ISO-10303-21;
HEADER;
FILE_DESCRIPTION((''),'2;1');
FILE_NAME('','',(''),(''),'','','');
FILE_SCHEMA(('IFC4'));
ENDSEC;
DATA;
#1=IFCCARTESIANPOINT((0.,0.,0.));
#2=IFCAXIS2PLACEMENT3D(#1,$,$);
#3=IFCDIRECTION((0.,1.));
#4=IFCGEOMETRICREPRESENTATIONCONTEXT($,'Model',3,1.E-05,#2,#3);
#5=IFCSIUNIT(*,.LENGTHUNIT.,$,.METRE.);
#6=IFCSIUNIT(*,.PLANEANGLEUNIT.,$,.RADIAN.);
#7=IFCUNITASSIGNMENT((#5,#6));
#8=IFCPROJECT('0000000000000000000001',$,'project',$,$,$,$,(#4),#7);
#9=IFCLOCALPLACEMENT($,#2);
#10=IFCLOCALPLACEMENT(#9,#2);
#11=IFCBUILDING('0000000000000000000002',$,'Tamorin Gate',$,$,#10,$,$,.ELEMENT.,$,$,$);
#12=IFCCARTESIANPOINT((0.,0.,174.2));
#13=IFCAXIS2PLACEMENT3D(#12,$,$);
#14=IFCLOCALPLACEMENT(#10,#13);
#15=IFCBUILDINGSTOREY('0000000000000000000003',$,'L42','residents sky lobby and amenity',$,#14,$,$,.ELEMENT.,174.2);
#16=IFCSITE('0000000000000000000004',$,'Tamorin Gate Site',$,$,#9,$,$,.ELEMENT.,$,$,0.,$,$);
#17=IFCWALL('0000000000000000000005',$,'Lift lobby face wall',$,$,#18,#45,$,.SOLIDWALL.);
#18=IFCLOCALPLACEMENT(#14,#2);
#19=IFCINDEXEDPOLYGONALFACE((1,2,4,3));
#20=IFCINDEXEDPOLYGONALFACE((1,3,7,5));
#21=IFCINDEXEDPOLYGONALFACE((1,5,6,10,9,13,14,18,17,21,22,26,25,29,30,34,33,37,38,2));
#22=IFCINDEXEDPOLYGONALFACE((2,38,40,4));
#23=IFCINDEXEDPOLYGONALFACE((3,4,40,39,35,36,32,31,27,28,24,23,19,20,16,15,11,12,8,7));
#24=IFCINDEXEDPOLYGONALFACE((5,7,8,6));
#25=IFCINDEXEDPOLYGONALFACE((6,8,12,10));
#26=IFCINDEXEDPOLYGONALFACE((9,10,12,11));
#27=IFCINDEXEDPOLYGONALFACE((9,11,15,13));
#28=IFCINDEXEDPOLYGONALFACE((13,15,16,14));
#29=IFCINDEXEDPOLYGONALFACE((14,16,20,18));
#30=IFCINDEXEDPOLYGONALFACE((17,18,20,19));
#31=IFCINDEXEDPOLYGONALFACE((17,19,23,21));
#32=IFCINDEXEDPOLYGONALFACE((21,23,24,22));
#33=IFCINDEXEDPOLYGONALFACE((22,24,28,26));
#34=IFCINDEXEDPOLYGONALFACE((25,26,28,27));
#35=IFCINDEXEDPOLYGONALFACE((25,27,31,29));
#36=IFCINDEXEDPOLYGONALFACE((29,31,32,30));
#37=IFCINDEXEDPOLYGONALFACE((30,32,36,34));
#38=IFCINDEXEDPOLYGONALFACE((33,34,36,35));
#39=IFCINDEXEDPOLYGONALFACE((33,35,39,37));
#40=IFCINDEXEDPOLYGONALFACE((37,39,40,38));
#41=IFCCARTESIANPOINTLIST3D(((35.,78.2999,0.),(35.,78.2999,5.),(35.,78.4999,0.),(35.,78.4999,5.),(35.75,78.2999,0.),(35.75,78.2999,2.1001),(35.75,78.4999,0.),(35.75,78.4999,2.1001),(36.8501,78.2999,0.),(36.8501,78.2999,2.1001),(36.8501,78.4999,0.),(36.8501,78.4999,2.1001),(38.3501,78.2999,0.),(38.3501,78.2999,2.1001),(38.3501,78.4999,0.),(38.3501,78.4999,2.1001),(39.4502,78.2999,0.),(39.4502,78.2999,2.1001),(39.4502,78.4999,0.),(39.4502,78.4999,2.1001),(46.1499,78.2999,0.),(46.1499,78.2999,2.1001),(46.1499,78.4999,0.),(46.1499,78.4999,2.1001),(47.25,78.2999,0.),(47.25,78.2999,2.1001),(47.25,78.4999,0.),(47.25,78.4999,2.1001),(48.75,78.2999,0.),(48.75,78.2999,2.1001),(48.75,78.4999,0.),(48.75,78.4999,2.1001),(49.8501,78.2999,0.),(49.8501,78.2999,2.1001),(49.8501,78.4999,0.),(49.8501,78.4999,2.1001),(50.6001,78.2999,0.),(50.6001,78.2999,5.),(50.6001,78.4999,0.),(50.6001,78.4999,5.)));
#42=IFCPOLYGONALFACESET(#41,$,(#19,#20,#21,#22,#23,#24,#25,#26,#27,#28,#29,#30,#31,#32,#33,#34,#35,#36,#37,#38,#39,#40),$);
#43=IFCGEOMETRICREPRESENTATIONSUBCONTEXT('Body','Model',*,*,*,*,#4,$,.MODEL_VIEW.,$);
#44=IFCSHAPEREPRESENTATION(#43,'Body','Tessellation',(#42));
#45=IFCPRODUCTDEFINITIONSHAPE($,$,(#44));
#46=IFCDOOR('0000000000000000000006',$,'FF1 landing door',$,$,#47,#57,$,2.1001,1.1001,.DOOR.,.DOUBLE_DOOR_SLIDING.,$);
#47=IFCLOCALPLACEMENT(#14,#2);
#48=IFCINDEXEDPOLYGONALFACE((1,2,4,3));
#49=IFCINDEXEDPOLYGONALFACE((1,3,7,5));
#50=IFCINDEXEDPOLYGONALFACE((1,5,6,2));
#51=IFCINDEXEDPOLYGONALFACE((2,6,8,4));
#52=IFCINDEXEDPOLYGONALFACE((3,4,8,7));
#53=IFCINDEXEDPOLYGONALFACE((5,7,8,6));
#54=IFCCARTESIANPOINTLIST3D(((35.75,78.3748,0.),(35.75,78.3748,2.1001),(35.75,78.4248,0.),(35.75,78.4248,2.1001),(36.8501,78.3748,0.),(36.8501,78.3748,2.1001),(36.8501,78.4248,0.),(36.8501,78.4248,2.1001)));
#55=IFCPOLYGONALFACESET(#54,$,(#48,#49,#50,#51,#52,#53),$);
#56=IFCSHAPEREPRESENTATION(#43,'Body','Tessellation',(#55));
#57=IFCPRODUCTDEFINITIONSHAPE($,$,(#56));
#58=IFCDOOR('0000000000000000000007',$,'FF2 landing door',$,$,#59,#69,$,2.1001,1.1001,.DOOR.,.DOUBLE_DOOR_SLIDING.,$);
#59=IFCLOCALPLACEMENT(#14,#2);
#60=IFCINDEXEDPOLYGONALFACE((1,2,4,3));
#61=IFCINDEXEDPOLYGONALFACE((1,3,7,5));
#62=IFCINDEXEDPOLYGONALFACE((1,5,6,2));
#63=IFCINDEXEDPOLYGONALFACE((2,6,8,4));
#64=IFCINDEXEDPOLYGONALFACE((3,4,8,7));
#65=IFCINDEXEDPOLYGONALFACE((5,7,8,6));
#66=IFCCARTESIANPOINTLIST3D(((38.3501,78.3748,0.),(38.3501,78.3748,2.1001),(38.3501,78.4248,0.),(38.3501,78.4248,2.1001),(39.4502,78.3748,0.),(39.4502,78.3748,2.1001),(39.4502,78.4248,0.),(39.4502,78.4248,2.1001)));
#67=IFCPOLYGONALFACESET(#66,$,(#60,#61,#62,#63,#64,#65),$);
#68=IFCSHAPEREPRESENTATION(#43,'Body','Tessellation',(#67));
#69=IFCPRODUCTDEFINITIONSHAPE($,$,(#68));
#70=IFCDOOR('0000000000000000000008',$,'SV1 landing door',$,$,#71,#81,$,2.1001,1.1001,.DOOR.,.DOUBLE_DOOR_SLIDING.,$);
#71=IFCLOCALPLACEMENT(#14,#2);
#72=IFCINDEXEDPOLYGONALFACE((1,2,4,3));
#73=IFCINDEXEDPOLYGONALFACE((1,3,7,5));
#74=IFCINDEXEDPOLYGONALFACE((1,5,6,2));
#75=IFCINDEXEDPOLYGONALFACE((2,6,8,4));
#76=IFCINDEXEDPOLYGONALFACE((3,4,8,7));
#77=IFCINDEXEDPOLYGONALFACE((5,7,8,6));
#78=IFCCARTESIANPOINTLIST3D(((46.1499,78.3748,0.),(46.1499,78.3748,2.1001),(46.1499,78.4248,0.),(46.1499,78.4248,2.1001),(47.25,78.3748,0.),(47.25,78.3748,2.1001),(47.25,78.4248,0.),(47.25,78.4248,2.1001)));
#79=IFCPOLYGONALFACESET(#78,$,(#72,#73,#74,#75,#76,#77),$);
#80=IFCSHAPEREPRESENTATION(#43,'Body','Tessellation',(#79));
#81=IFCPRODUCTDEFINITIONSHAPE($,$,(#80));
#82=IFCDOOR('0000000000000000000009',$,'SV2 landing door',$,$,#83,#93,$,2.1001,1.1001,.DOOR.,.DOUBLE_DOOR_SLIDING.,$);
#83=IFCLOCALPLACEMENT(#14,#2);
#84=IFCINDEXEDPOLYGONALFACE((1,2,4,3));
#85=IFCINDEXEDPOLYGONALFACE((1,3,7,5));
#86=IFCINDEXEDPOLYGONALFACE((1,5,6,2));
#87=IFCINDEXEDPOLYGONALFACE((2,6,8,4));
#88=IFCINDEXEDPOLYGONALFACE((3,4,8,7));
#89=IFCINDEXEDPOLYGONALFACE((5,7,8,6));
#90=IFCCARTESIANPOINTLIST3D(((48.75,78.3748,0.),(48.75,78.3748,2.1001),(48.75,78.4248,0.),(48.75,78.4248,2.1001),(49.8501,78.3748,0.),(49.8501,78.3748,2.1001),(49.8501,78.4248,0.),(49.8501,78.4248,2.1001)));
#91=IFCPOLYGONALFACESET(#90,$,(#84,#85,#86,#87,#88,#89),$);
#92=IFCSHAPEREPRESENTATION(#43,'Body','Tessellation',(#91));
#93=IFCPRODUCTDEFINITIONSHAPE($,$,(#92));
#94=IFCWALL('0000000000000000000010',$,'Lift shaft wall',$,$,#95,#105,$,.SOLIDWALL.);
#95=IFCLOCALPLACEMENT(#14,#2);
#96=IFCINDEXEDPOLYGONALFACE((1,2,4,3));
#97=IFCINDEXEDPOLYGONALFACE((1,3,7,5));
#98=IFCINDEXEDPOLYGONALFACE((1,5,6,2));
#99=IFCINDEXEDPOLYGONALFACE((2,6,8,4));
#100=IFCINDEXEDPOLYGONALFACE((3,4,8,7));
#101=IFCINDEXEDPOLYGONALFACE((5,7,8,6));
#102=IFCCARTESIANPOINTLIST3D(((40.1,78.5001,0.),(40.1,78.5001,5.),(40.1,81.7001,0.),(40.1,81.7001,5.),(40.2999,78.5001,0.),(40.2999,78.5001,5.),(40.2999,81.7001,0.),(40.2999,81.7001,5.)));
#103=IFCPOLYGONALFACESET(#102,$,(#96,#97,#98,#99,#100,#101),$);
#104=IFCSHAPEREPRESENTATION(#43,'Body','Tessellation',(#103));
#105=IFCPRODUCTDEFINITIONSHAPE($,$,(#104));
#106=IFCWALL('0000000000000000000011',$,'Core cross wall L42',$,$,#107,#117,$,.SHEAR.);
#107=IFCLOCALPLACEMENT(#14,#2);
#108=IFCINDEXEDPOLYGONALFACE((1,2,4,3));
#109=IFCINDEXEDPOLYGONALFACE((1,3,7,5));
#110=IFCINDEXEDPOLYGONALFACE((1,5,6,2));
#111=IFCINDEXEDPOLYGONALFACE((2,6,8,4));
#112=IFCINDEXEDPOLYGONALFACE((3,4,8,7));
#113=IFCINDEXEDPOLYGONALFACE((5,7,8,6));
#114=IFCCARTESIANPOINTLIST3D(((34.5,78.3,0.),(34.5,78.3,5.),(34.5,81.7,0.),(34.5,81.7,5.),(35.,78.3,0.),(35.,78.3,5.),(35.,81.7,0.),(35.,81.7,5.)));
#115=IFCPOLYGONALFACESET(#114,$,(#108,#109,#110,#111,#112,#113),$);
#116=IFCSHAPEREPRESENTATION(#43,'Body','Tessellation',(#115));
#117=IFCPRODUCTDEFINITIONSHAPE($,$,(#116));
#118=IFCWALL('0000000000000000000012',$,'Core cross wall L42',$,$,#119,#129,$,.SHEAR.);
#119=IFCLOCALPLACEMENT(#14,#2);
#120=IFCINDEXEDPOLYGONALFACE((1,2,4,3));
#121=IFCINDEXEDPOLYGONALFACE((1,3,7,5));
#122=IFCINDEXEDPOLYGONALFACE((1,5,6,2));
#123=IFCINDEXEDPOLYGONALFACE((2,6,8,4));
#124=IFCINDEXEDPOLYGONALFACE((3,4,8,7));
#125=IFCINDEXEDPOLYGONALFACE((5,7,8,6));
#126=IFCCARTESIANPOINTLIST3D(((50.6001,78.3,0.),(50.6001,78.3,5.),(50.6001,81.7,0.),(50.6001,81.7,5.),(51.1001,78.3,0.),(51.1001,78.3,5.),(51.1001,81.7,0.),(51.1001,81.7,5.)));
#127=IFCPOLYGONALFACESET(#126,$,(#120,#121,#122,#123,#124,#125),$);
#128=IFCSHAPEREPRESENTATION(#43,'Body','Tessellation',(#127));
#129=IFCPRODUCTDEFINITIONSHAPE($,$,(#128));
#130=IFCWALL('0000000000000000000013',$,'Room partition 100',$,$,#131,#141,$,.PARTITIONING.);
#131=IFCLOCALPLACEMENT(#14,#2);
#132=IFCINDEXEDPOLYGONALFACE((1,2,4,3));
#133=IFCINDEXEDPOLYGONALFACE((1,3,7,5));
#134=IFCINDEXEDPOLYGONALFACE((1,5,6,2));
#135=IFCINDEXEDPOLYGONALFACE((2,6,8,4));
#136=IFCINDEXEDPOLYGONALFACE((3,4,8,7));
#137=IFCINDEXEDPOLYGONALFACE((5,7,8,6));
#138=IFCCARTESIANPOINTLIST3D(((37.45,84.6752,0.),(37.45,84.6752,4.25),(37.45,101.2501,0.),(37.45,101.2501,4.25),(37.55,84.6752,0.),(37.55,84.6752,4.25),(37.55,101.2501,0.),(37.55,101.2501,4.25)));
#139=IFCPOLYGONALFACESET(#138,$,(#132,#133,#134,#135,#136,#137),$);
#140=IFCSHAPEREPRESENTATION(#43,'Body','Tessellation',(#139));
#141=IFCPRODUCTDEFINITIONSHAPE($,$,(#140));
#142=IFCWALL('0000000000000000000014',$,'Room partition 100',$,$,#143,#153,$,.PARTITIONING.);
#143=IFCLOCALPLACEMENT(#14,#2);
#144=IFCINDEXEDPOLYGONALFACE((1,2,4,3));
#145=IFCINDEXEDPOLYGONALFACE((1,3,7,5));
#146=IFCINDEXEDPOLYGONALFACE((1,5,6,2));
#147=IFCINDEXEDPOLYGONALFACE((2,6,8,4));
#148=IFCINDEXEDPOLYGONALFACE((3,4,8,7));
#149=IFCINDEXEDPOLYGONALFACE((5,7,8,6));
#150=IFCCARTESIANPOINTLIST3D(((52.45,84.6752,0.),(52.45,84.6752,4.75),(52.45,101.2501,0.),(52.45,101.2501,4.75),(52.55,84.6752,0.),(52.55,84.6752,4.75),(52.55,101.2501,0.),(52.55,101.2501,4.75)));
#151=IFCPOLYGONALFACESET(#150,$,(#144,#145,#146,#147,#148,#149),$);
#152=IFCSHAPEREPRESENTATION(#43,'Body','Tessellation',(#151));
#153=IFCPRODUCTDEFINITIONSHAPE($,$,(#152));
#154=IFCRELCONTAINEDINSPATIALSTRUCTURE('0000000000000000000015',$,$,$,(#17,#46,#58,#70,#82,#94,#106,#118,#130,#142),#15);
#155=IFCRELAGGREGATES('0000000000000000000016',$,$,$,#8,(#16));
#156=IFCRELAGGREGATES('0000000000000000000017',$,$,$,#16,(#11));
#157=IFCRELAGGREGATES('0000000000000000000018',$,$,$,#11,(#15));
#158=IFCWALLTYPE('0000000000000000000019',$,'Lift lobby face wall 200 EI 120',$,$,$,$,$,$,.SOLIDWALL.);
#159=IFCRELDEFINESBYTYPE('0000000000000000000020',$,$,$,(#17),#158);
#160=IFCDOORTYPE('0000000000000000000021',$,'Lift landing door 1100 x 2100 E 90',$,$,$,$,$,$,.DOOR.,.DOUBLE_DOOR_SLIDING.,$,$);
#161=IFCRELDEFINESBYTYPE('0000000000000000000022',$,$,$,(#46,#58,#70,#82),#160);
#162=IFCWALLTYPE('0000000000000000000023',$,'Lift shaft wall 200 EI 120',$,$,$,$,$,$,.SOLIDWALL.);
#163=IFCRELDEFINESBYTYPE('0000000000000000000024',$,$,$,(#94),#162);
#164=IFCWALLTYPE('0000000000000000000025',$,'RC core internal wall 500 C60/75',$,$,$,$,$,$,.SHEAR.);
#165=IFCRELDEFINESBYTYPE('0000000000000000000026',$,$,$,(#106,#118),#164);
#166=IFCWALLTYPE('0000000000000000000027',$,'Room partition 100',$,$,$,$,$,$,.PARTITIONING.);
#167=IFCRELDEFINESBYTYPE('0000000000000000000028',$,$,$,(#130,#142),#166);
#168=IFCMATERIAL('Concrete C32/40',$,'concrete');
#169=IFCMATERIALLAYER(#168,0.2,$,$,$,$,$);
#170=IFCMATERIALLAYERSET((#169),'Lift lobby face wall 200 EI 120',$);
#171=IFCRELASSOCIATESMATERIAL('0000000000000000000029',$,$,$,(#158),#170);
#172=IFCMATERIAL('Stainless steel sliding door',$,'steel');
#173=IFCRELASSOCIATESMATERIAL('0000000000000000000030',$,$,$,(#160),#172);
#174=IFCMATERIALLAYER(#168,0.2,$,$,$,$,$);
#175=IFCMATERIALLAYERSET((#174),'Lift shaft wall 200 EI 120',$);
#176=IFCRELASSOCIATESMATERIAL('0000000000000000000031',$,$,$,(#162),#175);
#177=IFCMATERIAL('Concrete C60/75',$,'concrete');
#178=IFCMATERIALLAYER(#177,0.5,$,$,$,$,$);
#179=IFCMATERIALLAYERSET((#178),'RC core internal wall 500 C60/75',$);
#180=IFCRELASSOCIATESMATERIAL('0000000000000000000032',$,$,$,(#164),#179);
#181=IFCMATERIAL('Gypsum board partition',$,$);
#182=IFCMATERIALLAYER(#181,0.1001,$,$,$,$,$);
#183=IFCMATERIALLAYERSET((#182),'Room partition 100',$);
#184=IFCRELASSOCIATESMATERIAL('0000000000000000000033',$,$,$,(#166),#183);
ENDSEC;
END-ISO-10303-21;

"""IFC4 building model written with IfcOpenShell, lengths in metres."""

from ifc_helpers import new_model, si_unit, direction, frame, frame_2d, origin, place, context, subcontext, project, spatial, rectangle, extrude, material, layer, layer_set, type_object, element, fill, save


model = new_model("IFC4")

# Units and contexts
model_context = context("Model", 3, precision=1e-05, world=origin(), true_north=direction((0.0, 1.0)))
body_context = subcontext(model_context, "Body", "Model", "MODEL_VIEW")
ifc_project = project(units=[si_unit("LENGTHUNIT", "METRE"), si_unit("PLANEANGLEUNIT", "RADIAN")], contexts=[model_context])

# Site, building, storey
site_placement = place(None, origin())
site = spatial("IfcSite", under=ifc_project, at=site_placement, Name="Tamorin Gate Site", CompositionType="ELEMENT", RefElevation=0.0)
building_placement = place(site_placement, origin())
building = spatial("IfcBuilding", under=site, at=building_placement, Name="Tamorin Gate", CompositionType="ELEMENT")
storey_placement = place(building_placement, frame((0.0, 0.0, 174.2)))
storey = spatial("IfcBuildingStorey", under=building, at=storey_placement, Name="L42", Description="residents sky lobby and amenity", CompositionType="ELEMENT", Elevation=174.2)

# Shared definitions
ifc_material_1 = material(Name="Gypsum board partition")

# Wall, openings, doors
ifc_material_2 = material(Name="Concrete C32/40", Category="concrete")
ifc_layer_1 = layer(ifc_material_2, 0.2)
ifc_layer_set_1 = layer_set([ifc_layer_1], Name="Lift lobby face wall 200 EI 120")
wall_type_1 = type_object("IfcWallType", Name="Lift lobby face wall 200 EI 120", PredefinedType="SOLIDWALL", material=ifc_layer_set_1)
wall_1_placement = place(storey_placement, frame((35.0, 78.3999, 0.0), z_axis=(0.0, 0.0, 1.0), x_axis=(1.0, 0.0, 0.0)))
wall_1 = element("IfcWall", 1, at=wall_1_placement, inside=storey, type_object=wall_type_1, Name="Lift lobby face wall", PredefinedType="SOLIDWALL", context=body_context, shape_type="SweptSolid", body=[
    extrude(rectangle(XDim=15.6001, YDim=0.2, at=frame_2d((7.8, 0.0))), origin(), (0.0, 0.0, 1.0), 5.0),
])
opening_1_placement = place(wall_1_placement, frame((0.75, 0.0, 0.0)))
opening_1 = element("IfcOpeningElement", 2, at=opening_1_placement, cuts=wall_1, PredefinedType="OPENING", context=body_context, shape_type="SweptSolid", body=[
    extrude(rectangle(XDim=1.1001, YDim=2.1001, at=frame_2d((0.55, 1.05))), frame((0.0, 0.1099, 0.0), z_axis=(0.0, -1.0, 0.0), x_axis=(1.0, 0.0, 0.0)), (0.0, 0.0, 1.0), 0.22),
])
opening_2_placement = place(wall_1_placement, frame((3.3501, 0.0, 0.0)))
opening_2 = element("IfcOpeningElement", 3, at=opening_2_placement, cuts=wall_1, PredefinedType="OPENING", context=body_context, shape_type="SweptSolid", body=[
    extrude(rectangle(XDim=1.1001, YDim=2.1001, at=frame_2d((0.55, 1.05))), frame((0.0, 0.1099, 0.0), z_axis=(0.0, -1.0, 0.0), x_axis=(1.0, 0.0, 0.0)), (0.0, 0.0, 1.0), 0.22),
])
opening_3_placement = place(wall_1_placement, frame((11.1499, 0.0, 0.0)))
opening_3 = element("IfcOpeningElement", 4, at=opening_3_placement, cuts=wall_1, PredefinedType="OPENING", context=body_context, shape_type="SweptSolid", body=[
    extrude(rectangle(XDim=1.1001, YDim=2.1001, at=frame_2d((0.55, 1.05))), frame((0.0, 0.1099, 0.0), z_axis=(0.0, -1.0, 0.0), x_axis=(1.0, 0.0, 0.0)), (0.0, 0.0, 1.0), 0.22),
])
opening_4_placement = place(wall_1_placement, frame((13.75, 0.0, 0.0)))
opening_4 = element("IfcOpeningElement", 5, at=opening_4_placement, cuts=wall_1, PredefinedType="OPENING", context=body_context, shape_type="SweptSolid", body=[
    extrude(rectangle(XDim=1.1001, YDim=2.1001, at=frame_2d((0.55, 1.05))), frame((0.0, 0.1099, 0.0), z_axis=(0.0, -1.0, 0.0), x_axis=(1.0, 0.0, 0.0)), (0.0, 0.0, 1.0), 0.22),
])
ifc_material_3 = material(Name="Stainless steel sliding door", Category="steel")
door_type_1 = type_object("IfcDoorType", Name="Lift landing door 1100 x 2100 E 90", OperationType="DOUBLE_DOOR_SLIDING", PredefinedType="DOOR", material=ifc_material_3)
door_1_placement = place(opening_1_placement, origin())
door_1 = element("IfcDoor", 6, at=door_1_placement, inside=storey, type_object=door_type_1, Name="FF1 landing door", OperationType="DOUBLE_DOOR_SLIDING", OverallHeight=2.1001, OverallWidth=1.1001, PredefinedType="DOOR", context=body_context, shape_type="SweptSolid", body=[
    extrude(rectangle(XDim=1.1001, YDim=2.1001, at=frame_2d((0.55, 1.05))), frame((0.0, 0.0249, 0.0), z_axis=(0.0, -1.0, 0.0), x_axis=(1.0, 0.0, 0.0)), (0.0, 0.0, 1.0), 0.05),
])
fill(opening_1, door_1)
door_2_placement = place(opening_2_placement, origin())
door_2 = element("IfcDoor", 7, at=door_2_placement, inside=storey, type_object=door_type_1, Name="FF2 landing door", OperationType="DOUBLE_DOOR_SLIDING", OverallHeight=2.1001, OverallWidth=1.1001, PredefinedType="DOOR", context=body_context, shape_type="SweptSolid", body=[
    extrude(rectangle(XDim=1.1001, YDim=2.1001, at=frame_2d((0.55, 1.05))), frame((0.0, 0.0249, 0.0), z_axis=(0.0, -1.0, 0.0), x_axis=(1.0, 0.0, 0.0)), (0.0, 0.0, 1.0), 0.05),
])
fill(opening_2, door_2)
door_3_placement = place(opening_3_placement, origin())
door_3 = element("IfcDoor", 8, at=door_3_placement, inside=storey, type_object=door_type_1, Name="SV1 landing door", OperationType="DOUBLE_DOOR_SLIDING", OverallHeight=2.1001, OverallWidth=1.1001, PredefinedType="DOOR", context=body_context, shape_type="SweptSolid", body=[
    extrude(rectangle(XDim=1.1001, YDim=2.1001, at=frame_2d((0.55, 1.05))), frame((0.0, 0.0249, 0.0), z_axis=(0.0, -1.0, 0.0), x_axis=(1.0, 0.0, 0.0)), (0.0, 0.0, 1.0), 0.05),
])
fill(opening_3, door_3)
door_4_placement = place(opening_4_placement, origin())
door_4 = element("IfcDoor", 9, at=door_4_placement, inside=storey, type_object=door_type_1, Name="SV2 landing door", OperationType="DOUBLE_DOOR_SLIDING", OverallHeight=2.1001, OverallWidth=1.1001, PredefinedType="DOOR", context=body_context, shape_type="SweptSolid", body=[
    extrude(rectangle(XDim=1.1001, YDim=2.1001, at=frame_2d((0.55, 1.05))), frame((0.0, 0.0249, 0.0), z_axis=(0.0, -1.0, 0.0), x_axis=(1.0, 0.0, 0.0)), (0.0, 0.0, 1.0), 0.05),
])
fill(opening_4, door_4)

# Walls
ifc_layer_2 = layer(ifc_material_2, 0.2)
ifc_layer_set_2 = layer_set([ifc_layer_2], Name="Lift shaft wall 200 EI 120")
wall_type_2 = type_object("IfcWallType", Name="Lift shaft wall 200 EI 120", PredefinedType="SOLIDWALL", material=ifc_layer_set_2)
wall_2_placement = place(storey_placement, frame((40.2, 78.5, 0.0), z_axis=(0.0, 0.0, 1.0), x_axis=(0.0, 1.0, 0.0)))
element("IfcWall", 10, at=wall_2_placement, inside=storey, type_object=wall_type_2, Name="Lift shaft wall", PredefinedType="SOLIDWALL", context=body_context, shape_type="SweptSolid", body=[
    extrude(rectangle(XDim=3.2, YDim=0.2, at=frame_2d((1.6001, 0.0))), origin(), (0.0, 0.0, 1.0), 5.0),
])
ifc_material_4 = material(Name="Concrete C60/75", Category="concrete")
ifc_layer_3 = layer(ifc_material_4, 0.5)
ifc_layer_set_3 = layer_set([ifc_layer_3], Name="RC core internal wall 500 C60/75")
wall_type_3 = type_object("IfcWallType", Name="RC core internal wall 500 C60/75", PredefinedType="SHEAR", material=ifc_layer_set_3)
for number, where, z_axis, x_axis, name in (
    (11, (34.75, 78.3, 0.0), (0.0, 0.0, 1.0), (0.0, 1.0, 0.0), "Core cross wall L42"),
    (12, (50.8501, 78.3, 0.0), (0.0, 0.0, 1.0), (0.0, 1.0, 0.0), "Core cross wall L42"),
):
    element("IfcWall", number, at=place(storey_placement, frame(where, z_axis=z_axis, x_axis=x_axis)), inside=storey, type_object=wall_type_3, Name=name, PredefinedType="SHEAR", context=body_context, shape_type="SweptSolid", body=[
        extrude(rectangle(XDim=3.3999, YDim=0.5, at=frame_2d((1.7, 0.0))), origin(), (0.0, 0.0, 1.0), 5.0),
    ])
ifc_layer_4 = layer(ifc_material_1, 0.1001)
ifc_layer_set_4 = layer_set([ifc_layer_4], Name="Room partition 100")
wall_type_4 = type_object("IfcWallType", Name="Room partition 100", PredefinedType="PARTITIONING", material=ifc_layer_set_4)
wall_3_placement = place(storey_placement, frame((37.5, 84.675, 0.0), z_axis=(0.0, 0.0, 1.0), x_axis=(0.0, 1.0, 0.0)))
element("IfcWall", 13, at=wall_3_placement, inside=storey, type_object=wall_type_4, Name="Room partition 100", PredefinedType="PARTITIONING", context=body_context, shape_type="SweptSolid", body=[
    extrude(rectangle(XDim=16.575, YDim=0.1001, at=frame_2d((8.2876, 0.0))), origin(), (0.0, 0.0, 1.0), 4.25),
])
wall_4_placement = place(storey_placement, frame((52.5, 84.675, 0.0), z_axis=(0.0, 0.0, 1.0), x_axis=(0.0, 1.0, 0.0)))
element("IfcWall", 14, at=wall_4_placement, inside=storey, type_object=wall_type_4, Name="Room partition 100", PredefinedType="PARTITIONING", context=body_context, shape_type="SweptSolid", body=[
    extrude(rectangle(XDim=16.575, YDim=0.1001, at=frame_2d((8.2876, 0.0))), origin(), (0.0, 0.0, 1.0), 4.75),
])

save(model, "model.ifc")
